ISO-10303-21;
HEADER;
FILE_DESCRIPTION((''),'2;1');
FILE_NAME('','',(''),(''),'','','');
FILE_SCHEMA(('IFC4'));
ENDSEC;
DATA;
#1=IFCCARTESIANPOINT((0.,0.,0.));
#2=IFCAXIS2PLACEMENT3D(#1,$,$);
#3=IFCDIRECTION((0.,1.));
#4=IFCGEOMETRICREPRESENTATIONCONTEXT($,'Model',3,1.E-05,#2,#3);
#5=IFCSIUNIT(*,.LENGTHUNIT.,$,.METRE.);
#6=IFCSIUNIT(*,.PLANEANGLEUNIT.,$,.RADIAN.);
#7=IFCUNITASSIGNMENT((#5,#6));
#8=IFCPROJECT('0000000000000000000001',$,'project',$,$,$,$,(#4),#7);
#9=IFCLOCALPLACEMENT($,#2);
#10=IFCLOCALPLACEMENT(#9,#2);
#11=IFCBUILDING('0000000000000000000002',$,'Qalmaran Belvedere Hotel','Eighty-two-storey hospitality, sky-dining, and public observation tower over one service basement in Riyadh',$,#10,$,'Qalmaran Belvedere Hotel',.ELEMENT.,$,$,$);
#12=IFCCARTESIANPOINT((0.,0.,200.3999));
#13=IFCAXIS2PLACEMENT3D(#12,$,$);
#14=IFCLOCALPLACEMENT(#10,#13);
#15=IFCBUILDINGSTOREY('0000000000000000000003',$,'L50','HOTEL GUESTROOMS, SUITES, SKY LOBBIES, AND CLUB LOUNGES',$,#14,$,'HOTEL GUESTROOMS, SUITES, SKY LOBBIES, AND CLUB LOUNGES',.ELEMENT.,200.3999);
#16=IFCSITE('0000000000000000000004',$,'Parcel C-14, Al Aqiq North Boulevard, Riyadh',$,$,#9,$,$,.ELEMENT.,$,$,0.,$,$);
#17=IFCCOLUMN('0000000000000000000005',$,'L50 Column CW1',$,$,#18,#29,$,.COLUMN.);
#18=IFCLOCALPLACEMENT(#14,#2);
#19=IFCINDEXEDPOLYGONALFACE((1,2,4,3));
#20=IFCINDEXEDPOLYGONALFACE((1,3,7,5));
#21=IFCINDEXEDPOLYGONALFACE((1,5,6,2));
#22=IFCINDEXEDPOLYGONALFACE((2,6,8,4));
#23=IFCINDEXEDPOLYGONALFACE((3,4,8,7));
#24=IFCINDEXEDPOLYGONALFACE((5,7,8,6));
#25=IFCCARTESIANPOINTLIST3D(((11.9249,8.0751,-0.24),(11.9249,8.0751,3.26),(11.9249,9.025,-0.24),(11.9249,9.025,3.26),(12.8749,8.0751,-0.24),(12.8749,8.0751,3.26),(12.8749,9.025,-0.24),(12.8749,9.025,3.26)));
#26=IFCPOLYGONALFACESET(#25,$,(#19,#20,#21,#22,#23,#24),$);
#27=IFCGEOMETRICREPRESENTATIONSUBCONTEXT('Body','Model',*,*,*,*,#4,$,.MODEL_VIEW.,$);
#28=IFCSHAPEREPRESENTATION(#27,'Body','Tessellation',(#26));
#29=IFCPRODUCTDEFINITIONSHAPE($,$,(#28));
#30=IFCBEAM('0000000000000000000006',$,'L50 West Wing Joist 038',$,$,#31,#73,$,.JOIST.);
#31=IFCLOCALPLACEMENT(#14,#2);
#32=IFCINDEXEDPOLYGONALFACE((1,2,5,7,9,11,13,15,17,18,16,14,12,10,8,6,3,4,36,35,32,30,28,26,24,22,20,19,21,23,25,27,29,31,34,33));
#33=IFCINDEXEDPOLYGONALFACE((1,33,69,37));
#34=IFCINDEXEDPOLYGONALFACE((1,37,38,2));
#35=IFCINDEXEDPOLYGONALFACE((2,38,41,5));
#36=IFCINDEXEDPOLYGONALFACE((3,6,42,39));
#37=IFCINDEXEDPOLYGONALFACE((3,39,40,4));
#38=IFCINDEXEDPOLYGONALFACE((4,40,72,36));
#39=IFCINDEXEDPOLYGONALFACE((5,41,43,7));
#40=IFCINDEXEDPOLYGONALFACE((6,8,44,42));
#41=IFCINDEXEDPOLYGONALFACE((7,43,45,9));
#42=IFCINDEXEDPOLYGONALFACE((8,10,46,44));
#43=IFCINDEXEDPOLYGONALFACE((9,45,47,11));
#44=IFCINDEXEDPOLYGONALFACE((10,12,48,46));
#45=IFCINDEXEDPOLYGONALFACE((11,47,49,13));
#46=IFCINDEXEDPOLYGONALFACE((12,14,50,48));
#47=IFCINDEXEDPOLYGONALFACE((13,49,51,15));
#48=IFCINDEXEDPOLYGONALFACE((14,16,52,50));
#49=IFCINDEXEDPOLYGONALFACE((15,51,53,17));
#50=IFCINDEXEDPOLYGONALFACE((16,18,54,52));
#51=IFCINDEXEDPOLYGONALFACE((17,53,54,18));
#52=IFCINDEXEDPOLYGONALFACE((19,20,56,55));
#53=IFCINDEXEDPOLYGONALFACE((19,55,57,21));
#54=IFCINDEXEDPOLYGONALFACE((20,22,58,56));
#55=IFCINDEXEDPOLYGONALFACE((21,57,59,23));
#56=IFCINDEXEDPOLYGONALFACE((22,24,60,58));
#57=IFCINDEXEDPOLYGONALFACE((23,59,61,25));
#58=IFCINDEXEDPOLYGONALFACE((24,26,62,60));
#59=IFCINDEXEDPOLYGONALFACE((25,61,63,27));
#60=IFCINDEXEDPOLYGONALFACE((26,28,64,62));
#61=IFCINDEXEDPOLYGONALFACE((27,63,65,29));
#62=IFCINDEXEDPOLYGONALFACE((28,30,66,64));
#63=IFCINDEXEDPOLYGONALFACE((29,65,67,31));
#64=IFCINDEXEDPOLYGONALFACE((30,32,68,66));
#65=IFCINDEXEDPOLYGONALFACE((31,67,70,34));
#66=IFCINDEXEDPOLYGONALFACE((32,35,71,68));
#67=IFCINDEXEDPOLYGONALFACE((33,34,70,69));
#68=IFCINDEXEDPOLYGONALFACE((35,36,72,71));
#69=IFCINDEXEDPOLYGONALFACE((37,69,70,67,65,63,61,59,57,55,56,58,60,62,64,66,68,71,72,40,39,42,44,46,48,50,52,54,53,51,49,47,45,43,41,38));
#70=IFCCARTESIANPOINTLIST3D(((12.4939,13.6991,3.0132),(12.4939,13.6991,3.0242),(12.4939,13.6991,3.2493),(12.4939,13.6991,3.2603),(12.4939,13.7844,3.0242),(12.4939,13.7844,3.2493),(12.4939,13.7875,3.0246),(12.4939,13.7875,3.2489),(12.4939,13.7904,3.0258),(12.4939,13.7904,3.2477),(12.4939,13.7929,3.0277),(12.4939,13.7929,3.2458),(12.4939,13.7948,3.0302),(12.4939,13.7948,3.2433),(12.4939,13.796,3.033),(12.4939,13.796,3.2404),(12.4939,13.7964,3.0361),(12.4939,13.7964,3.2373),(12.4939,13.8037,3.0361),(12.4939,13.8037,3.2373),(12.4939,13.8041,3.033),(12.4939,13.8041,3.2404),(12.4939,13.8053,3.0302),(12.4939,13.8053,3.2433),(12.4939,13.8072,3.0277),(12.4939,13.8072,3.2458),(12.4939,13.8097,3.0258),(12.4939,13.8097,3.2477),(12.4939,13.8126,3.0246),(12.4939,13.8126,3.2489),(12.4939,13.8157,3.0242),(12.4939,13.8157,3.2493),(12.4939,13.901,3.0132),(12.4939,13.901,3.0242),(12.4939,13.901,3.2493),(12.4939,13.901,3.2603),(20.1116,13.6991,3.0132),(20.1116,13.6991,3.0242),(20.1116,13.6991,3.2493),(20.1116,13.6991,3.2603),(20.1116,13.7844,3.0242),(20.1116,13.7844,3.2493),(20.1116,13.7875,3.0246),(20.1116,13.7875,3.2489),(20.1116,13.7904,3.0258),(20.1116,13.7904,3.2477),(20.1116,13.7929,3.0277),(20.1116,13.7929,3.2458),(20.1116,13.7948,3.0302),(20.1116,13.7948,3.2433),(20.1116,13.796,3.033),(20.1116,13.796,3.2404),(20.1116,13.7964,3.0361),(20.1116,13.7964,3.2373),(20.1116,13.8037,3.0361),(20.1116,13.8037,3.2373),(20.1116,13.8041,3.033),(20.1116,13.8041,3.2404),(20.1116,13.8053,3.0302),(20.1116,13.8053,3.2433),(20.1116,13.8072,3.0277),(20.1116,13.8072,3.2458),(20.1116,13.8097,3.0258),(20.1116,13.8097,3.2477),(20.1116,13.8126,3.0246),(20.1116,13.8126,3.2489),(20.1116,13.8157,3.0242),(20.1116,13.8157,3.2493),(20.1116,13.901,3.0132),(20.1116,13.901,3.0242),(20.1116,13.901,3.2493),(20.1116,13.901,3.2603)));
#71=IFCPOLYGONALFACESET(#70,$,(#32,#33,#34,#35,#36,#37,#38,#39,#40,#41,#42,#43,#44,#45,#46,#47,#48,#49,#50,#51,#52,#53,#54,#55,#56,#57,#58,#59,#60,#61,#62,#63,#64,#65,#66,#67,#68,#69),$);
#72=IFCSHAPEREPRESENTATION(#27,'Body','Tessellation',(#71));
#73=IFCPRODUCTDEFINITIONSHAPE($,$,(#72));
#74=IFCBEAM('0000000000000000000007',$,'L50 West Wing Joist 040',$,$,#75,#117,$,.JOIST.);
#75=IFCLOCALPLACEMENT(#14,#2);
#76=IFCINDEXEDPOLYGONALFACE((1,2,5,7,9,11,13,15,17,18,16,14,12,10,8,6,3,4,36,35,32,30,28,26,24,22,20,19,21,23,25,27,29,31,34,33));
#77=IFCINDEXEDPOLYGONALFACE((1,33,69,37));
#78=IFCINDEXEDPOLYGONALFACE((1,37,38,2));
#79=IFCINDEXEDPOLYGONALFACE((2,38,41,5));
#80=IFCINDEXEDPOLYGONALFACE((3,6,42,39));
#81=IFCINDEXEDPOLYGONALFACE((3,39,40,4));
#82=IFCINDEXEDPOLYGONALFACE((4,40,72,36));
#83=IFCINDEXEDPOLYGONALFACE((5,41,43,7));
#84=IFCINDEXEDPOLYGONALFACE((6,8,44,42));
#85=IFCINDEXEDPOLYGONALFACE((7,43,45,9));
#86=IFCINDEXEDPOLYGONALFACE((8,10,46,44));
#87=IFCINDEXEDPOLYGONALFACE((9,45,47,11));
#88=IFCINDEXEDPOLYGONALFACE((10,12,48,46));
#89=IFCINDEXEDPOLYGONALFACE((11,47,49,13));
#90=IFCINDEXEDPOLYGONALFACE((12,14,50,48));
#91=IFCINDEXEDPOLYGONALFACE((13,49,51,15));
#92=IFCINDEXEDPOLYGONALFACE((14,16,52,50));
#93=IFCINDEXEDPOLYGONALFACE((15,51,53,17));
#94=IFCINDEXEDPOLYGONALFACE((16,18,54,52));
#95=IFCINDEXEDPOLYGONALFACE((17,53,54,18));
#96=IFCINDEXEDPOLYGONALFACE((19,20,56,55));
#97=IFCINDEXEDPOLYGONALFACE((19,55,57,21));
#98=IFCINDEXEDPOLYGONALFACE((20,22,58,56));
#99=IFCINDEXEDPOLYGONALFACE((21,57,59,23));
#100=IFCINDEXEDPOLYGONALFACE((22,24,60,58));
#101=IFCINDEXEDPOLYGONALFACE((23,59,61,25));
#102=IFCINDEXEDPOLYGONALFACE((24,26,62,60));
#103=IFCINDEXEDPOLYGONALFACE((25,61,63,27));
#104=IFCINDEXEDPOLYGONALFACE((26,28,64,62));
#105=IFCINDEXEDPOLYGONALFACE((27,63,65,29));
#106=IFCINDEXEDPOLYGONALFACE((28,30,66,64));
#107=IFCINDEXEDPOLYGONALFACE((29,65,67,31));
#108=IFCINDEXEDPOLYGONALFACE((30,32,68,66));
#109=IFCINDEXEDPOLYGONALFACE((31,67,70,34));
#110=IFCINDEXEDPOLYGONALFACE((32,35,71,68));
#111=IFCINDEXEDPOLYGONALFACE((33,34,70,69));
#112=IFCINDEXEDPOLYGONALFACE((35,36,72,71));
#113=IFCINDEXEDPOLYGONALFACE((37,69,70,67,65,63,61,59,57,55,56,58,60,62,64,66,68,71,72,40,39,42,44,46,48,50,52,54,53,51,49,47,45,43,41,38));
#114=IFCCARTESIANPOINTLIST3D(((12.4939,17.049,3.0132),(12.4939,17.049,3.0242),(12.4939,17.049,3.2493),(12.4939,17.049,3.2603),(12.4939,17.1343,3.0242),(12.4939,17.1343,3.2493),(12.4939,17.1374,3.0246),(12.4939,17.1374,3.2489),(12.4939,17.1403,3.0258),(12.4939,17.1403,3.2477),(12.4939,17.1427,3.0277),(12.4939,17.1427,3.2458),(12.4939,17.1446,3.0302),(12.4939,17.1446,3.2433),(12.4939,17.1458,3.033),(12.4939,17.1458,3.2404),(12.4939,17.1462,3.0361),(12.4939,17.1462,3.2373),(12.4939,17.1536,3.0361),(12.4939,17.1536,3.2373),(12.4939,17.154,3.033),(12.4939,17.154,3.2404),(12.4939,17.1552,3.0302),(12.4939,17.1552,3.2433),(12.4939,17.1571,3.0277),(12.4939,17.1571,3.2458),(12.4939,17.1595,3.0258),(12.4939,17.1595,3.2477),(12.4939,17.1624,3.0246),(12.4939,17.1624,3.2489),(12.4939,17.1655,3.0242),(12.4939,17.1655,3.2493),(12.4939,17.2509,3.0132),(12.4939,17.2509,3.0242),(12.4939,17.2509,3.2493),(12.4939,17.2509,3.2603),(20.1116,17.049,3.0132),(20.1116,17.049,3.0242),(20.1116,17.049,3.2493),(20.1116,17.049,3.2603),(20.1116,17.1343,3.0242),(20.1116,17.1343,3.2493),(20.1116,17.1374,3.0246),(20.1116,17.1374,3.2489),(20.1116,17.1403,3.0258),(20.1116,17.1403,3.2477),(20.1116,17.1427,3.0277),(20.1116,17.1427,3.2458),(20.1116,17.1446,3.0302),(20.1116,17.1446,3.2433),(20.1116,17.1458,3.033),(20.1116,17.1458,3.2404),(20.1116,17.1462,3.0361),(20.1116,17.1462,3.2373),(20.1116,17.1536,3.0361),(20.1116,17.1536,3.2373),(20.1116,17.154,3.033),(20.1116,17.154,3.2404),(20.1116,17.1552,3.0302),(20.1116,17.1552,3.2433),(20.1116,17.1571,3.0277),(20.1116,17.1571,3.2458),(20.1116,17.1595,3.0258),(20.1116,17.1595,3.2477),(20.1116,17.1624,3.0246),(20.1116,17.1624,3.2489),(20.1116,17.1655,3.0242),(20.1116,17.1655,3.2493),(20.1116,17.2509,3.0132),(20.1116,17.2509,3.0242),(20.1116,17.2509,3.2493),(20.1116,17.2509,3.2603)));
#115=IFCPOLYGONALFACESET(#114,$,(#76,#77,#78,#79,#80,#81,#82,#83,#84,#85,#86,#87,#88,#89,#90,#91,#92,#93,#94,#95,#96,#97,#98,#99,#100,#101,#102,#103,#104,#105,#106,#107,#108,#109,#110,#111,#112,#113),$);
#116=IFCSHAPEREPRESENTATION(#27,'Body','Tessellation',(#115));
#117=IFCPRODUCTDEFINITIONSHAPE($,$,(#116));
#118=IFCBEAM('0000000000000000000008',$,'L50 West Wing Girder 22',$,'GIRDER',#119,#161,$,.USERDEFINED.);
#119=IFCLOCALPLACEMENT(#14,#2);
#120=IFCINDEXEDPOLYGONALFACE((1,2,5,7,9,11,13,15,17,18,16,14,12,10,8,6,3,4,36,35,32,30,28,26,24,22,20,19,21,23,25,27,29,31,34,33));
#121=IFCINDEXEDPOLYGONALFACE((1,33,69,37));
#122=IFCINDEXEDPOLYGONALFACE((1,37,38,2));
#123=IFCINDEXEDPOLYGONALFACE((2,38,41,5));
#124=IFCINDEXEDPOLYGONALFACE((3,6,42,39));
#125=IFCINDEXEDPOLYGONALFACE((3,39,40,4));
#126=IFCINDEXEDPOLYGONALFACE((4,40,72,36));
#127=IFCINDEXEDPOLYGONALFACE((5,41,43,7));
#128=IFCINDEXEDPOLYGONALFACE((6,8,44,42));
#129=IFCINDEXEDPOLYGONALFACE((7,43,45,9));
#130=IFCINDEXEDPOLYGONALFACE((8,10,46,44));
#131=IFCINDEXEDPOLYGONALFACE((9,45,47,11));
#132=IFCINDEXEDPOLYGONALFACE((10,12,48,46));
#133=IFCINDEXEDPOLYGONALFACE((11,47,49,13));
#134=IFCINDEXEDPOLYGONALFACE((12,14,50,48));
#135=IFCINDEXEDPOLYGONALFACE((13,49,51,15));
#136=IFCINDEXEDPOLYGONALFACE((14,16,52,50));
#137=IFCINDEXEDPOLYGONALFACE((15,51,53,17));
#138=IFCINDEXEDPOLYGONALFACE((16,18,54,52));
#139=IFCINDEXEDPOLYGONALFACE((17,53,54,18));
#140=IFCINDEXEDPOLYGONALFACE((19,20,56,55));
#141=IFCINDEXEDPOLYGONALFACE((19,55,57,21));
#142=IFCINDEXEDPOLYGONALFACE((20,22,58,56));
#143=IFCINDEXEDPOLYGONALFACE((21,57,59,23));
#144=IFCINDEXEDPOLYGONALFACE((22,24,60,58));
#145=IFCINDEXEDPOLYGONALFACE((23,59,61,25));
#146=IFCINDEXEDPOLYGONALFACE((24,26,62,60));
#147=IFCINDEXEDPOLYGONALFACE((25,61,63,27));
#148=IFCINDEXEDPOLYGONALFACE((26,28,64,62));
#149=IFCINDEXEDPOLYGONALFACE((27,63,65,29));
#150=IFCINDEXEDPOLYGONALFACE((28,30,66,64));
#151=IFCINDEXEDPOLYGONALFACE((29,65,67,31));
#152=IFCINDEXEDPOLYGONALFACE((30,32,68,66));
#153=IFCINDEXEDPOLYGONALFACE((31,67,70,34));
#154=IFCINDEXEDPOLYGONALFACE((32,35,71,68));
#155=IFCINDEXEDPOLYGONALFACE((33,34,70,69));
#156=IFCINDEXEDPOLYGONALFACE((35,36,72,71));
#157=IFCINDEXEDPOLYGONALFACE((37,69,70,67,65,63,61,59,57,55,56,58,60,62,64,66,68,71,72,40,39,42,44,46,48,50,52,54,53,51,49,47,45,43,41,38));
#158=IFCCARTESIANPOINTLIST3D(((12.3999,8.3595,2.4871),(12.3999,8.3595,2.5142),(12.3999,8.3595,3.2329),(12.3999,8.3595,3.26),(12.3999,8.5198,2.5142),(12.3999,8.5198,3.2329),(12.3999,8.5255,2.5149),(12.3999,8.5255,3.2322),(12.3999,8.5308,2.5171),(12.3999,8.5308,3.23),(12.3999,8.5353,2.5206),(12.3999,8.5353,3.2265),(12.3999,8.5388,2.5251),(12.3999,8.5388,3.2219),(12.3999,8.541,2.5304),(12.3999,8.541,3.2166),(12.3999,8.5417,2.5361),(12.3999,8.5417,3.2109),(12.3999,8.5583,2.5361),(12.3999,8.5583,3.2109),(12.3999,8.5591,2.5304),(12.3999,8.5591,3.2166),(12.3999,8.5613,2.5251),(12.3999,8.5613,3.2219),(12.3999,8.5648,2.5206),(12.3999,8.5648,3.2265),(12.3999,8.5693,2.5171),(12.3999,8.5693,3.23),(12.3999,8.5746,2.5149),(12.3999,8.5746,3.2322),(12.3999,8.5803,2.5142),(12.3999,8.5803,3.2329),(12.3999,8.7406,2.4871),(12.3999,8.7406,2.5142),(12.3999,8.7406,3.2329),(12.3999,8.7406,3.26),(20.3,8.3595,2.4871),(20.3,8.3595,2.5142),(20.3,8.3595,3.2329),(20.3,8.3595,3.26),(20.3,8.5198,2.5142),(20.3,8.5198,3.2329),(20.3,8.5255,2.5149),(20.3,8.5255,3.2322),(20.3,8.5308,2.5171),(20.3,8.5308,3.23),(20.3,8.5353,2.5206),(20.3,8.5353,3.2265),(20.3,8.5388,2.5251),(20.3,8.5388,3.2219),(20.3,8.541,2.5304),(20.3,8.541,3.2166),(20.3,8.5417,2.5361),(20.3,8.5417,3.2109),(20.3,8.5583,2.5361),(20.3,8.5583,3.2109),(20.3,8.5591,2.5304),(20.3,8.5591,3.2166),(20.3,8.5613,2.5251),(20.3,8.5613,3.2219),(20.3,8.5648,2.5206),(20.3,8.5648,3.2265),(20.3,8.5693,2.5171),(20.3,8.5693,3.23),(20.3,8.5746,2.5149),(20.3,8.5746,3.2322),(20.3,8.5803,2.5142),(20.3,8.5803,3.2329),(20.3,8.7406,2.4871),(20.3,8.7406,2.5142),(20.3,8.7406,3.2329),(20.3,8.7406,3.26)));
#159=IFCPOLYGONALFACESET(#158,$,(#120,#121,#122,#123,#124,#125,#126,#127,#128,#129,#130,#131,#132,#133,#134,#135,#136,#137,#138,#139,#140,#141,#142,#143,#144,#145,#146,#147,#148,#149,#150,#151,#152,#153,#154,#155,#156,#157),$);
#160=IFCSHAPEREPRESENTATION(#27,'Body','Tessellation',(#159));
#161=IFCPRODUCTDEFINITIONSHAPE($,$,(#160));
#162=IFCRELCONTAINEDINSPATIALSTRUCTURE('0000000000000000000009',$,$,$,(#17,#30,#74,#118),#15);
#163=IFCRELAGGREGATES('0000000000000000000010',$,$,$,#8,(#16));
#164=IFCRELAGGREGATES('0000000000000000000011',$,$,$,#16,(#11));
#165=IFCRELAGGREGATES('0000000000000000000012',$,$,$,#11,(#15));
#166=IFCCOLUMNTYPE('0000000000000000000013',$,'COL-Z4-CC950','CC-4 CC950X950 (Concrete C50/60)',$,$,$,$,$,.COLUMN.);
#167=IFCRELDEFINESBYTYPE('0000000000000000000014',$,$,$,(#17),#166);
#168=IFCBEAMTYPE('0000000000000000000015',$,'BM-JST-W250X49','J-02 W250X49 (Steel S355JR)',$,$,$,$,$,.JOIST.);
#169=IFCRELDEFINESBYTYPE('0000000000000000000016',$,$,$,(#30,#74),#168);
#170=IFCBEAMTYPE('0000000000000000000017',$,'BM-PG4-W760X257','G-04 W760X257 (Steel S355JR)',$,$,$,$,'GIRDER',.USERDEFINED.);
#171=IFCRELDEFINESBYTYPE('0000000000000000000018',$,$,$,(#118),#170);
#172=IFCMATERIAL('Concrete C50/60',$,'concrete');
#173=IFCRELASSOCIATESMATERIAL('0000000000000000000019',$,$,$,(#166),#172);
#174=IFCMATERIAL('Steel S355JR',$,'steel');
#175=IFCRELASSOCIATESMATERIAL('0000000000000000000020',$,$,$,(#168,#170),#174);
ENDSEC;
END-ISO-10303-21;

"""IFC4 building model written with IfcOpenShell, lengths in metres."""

from ifc_helpers import new_model, si_unit, direction, frame, origin, origin_2d, place, context, subcontext, project, spatial, rectangle, i_section, extrude, material, material_profile, profile_set, type_object, element, save


model = new_model("IFC4")

# Units and contexts
model_context = context("Model", 3, precision=1e-05, world=origin(), true_north=direction((0.0, 1.0)))
body_context = subcontext(model_context, "Body", "Model", "MODEL_VIEW")
ifc_project = project(units=[si_unit("LENGTHUNIT", "METRE"), si_unit("PLANEANGLEUNIT", "RADIAN")], contexts=[model_context])

# Site, building, storey
site_placement = place(None, origin())
site = spatial("IfcSite", under=ifc_project, at=site_placement, Name="Parcel C-14, Al Aqiq North Boulevard, Riyadh", CompositionType="ELEMENT", RefElevation=0.0)
building_placement = place(site_placement, origin())
building = spatial("IfcBuilding", under=site, at=building_placement, Name="Qalmaran Belvedere Hotel", Description="Eighty-two-storey hospitality, sky-dining, and public observation tower over one service basement in Riyadh", LongName="Qalmaran Belvedere Hotel", CompositionType="ELEMENT")
storey_placement = place(building_placement, frame((0.0, 0.0, 200.3999)))
storey = spatial("IfcBuildingStorey", under=building, at=storey_placement, Name="L50", Description="HOTEL GUESTROOMS, SUITES, SKY LOBBIES, AND CLUB LOUNGES", LongName="HOTEL GUESTROOMS, SUITES, SKY LOBBIES, AND CLUB LOUNGES", CompositionType="ELEMENT", Elevation=200.3999)

# Column
ifc_material_1 = material(Name="Concrete C50/60", Category="concrete")
ifc_material_profile_1 = material_profile(ifc_material_1, rectangle(XDim=0.95, YDim=0.95, at=origin_2d()), Name="CC950X950")
ifc_profile_set_1 = profile_set([ifc_material_profile_1], Name="Concrete C50/60")
column_type = type_object("IfcColumnType", Name="COL-Z4-CC950", Description="CC-4 CC950X950 (Concrete C50/60)", PredefinedType="COLUMN", material=ifc_profile_set_1)
column_placement = place(storey_placement, frame((12.3999, 8.55, -0.24), z_axis=(0.0, 0.0, 1.0), x_axis=(1.0, 0.0, 0.0)))
element("IfcColumn", 1, at=column_placement, inside=storey, type_object=column_type, Name="L50 Column CW1", PredefinedType="COLUMN", context=body_context, shape_type="SweptSolid", body=[
    extrude(rectangle(XDim=0.95, YDim=0.95, at=origin_2d()), origin(), (0.0, 0.0, 1.0), 3.5),
])

# Beams
ifc_material_2 = material(Name="Steel S355JR", Category="steel")
ifc_material_profile_2 = material_profile(ifc_material_2, i_section(OverallWidth=0.2019, OverallDepth=0.2471, WebThickness=0.0073, FlangeThickness=0.011, FilletRadius=0.012, at=origin_2d()), Name="W250X49")
ifc_profile_set_2 = profile_set([ifc_material_profile_2], Name="Steel S355JR")
beam_type_1 = type_object("IfcBeamType", Name="BM-JST-W250X49", Description="J-02 W250X49 (Steel S355JR)", PredefinedType="JOIST", material=ifc_profile_set_2)
for number, where, z_axis, x_axis, name in (
    (2, (12.4939, 13.8, 3.1367), (1.0, 0.0, 0.0), (0.0, 1.0, 0.0), "L50 West Wing Joist 038"),
    (3, (12.4939, 17.1499, 3.1367), (1.0, 0.0, 0.0), (0.0, 1.0, 0.0), "L50 West Wing Joist 040"),
):
    element("IfcBeam", number, at=place(storey_placement, frame(where, z_axis=z_axis, x_axis=x_axis)), inside=storey, type_object=beam_type_1, Name=name, PredefinedType="JOIST", context=body_context, shape_type="SweptSolid", body=[
        extrude(i_section(OverallWidth=0.2019, OverallDepth=0.2471, WebThickness=0.0073, FlangeThickness=0.011, FilletRadius=0.012, at=origin_2d()), origin(), (0.0, 0.0, 1.0), 7.6177),
    ])
ifc_material_profile_3 = material_profile(ifc_material_2, i_section(OverallWidth=0.3811, OverallDepth=0.7729, WebThickness=0.0166, FlangeThickness=0.0271, FilletRadius=0.022, at=origin_2d()), Name="W760X257")
ifc_profile_set_3 = profile_set([ifc_material_profile_3], Name="Steel S355JR")
beam_type_2 = type_object("IfcBeamType", Name="BM-PG4-W760X257", Description="G-04 W760X257 (Steel S355JR)", ElementType="GIRDER", PredefinedType="USERDEFINED", material=ifc_profile_set_3)
beam_1_placement = place(storey_placement, frame((12.3999, 8.55, 2.8735), z_axis=(1.0, 0.0, 0.0), x_axis=(0.0, 1.0, 0.0)))
element("IfcBeam", 4, at=beam_1_placement, inside=storey, type_object=beam_type_2, Name="L50 West Wing Girder 22", ObjectType="GIRDER", PredefinedType="USERDEFINED", context=body_context, shape_type="SweptSolid", body=[
    extrude(i_section(OverallWidth=0.3811, OverallDepth=0.7729, WebThickness=0.0166, FlangeThickness=0.0271, FilletRadius=0.022, at=origin_2d()), origin(), (0.0, 0.0, 1.0), 7.9001),
])

save(model, "model.ifc")
